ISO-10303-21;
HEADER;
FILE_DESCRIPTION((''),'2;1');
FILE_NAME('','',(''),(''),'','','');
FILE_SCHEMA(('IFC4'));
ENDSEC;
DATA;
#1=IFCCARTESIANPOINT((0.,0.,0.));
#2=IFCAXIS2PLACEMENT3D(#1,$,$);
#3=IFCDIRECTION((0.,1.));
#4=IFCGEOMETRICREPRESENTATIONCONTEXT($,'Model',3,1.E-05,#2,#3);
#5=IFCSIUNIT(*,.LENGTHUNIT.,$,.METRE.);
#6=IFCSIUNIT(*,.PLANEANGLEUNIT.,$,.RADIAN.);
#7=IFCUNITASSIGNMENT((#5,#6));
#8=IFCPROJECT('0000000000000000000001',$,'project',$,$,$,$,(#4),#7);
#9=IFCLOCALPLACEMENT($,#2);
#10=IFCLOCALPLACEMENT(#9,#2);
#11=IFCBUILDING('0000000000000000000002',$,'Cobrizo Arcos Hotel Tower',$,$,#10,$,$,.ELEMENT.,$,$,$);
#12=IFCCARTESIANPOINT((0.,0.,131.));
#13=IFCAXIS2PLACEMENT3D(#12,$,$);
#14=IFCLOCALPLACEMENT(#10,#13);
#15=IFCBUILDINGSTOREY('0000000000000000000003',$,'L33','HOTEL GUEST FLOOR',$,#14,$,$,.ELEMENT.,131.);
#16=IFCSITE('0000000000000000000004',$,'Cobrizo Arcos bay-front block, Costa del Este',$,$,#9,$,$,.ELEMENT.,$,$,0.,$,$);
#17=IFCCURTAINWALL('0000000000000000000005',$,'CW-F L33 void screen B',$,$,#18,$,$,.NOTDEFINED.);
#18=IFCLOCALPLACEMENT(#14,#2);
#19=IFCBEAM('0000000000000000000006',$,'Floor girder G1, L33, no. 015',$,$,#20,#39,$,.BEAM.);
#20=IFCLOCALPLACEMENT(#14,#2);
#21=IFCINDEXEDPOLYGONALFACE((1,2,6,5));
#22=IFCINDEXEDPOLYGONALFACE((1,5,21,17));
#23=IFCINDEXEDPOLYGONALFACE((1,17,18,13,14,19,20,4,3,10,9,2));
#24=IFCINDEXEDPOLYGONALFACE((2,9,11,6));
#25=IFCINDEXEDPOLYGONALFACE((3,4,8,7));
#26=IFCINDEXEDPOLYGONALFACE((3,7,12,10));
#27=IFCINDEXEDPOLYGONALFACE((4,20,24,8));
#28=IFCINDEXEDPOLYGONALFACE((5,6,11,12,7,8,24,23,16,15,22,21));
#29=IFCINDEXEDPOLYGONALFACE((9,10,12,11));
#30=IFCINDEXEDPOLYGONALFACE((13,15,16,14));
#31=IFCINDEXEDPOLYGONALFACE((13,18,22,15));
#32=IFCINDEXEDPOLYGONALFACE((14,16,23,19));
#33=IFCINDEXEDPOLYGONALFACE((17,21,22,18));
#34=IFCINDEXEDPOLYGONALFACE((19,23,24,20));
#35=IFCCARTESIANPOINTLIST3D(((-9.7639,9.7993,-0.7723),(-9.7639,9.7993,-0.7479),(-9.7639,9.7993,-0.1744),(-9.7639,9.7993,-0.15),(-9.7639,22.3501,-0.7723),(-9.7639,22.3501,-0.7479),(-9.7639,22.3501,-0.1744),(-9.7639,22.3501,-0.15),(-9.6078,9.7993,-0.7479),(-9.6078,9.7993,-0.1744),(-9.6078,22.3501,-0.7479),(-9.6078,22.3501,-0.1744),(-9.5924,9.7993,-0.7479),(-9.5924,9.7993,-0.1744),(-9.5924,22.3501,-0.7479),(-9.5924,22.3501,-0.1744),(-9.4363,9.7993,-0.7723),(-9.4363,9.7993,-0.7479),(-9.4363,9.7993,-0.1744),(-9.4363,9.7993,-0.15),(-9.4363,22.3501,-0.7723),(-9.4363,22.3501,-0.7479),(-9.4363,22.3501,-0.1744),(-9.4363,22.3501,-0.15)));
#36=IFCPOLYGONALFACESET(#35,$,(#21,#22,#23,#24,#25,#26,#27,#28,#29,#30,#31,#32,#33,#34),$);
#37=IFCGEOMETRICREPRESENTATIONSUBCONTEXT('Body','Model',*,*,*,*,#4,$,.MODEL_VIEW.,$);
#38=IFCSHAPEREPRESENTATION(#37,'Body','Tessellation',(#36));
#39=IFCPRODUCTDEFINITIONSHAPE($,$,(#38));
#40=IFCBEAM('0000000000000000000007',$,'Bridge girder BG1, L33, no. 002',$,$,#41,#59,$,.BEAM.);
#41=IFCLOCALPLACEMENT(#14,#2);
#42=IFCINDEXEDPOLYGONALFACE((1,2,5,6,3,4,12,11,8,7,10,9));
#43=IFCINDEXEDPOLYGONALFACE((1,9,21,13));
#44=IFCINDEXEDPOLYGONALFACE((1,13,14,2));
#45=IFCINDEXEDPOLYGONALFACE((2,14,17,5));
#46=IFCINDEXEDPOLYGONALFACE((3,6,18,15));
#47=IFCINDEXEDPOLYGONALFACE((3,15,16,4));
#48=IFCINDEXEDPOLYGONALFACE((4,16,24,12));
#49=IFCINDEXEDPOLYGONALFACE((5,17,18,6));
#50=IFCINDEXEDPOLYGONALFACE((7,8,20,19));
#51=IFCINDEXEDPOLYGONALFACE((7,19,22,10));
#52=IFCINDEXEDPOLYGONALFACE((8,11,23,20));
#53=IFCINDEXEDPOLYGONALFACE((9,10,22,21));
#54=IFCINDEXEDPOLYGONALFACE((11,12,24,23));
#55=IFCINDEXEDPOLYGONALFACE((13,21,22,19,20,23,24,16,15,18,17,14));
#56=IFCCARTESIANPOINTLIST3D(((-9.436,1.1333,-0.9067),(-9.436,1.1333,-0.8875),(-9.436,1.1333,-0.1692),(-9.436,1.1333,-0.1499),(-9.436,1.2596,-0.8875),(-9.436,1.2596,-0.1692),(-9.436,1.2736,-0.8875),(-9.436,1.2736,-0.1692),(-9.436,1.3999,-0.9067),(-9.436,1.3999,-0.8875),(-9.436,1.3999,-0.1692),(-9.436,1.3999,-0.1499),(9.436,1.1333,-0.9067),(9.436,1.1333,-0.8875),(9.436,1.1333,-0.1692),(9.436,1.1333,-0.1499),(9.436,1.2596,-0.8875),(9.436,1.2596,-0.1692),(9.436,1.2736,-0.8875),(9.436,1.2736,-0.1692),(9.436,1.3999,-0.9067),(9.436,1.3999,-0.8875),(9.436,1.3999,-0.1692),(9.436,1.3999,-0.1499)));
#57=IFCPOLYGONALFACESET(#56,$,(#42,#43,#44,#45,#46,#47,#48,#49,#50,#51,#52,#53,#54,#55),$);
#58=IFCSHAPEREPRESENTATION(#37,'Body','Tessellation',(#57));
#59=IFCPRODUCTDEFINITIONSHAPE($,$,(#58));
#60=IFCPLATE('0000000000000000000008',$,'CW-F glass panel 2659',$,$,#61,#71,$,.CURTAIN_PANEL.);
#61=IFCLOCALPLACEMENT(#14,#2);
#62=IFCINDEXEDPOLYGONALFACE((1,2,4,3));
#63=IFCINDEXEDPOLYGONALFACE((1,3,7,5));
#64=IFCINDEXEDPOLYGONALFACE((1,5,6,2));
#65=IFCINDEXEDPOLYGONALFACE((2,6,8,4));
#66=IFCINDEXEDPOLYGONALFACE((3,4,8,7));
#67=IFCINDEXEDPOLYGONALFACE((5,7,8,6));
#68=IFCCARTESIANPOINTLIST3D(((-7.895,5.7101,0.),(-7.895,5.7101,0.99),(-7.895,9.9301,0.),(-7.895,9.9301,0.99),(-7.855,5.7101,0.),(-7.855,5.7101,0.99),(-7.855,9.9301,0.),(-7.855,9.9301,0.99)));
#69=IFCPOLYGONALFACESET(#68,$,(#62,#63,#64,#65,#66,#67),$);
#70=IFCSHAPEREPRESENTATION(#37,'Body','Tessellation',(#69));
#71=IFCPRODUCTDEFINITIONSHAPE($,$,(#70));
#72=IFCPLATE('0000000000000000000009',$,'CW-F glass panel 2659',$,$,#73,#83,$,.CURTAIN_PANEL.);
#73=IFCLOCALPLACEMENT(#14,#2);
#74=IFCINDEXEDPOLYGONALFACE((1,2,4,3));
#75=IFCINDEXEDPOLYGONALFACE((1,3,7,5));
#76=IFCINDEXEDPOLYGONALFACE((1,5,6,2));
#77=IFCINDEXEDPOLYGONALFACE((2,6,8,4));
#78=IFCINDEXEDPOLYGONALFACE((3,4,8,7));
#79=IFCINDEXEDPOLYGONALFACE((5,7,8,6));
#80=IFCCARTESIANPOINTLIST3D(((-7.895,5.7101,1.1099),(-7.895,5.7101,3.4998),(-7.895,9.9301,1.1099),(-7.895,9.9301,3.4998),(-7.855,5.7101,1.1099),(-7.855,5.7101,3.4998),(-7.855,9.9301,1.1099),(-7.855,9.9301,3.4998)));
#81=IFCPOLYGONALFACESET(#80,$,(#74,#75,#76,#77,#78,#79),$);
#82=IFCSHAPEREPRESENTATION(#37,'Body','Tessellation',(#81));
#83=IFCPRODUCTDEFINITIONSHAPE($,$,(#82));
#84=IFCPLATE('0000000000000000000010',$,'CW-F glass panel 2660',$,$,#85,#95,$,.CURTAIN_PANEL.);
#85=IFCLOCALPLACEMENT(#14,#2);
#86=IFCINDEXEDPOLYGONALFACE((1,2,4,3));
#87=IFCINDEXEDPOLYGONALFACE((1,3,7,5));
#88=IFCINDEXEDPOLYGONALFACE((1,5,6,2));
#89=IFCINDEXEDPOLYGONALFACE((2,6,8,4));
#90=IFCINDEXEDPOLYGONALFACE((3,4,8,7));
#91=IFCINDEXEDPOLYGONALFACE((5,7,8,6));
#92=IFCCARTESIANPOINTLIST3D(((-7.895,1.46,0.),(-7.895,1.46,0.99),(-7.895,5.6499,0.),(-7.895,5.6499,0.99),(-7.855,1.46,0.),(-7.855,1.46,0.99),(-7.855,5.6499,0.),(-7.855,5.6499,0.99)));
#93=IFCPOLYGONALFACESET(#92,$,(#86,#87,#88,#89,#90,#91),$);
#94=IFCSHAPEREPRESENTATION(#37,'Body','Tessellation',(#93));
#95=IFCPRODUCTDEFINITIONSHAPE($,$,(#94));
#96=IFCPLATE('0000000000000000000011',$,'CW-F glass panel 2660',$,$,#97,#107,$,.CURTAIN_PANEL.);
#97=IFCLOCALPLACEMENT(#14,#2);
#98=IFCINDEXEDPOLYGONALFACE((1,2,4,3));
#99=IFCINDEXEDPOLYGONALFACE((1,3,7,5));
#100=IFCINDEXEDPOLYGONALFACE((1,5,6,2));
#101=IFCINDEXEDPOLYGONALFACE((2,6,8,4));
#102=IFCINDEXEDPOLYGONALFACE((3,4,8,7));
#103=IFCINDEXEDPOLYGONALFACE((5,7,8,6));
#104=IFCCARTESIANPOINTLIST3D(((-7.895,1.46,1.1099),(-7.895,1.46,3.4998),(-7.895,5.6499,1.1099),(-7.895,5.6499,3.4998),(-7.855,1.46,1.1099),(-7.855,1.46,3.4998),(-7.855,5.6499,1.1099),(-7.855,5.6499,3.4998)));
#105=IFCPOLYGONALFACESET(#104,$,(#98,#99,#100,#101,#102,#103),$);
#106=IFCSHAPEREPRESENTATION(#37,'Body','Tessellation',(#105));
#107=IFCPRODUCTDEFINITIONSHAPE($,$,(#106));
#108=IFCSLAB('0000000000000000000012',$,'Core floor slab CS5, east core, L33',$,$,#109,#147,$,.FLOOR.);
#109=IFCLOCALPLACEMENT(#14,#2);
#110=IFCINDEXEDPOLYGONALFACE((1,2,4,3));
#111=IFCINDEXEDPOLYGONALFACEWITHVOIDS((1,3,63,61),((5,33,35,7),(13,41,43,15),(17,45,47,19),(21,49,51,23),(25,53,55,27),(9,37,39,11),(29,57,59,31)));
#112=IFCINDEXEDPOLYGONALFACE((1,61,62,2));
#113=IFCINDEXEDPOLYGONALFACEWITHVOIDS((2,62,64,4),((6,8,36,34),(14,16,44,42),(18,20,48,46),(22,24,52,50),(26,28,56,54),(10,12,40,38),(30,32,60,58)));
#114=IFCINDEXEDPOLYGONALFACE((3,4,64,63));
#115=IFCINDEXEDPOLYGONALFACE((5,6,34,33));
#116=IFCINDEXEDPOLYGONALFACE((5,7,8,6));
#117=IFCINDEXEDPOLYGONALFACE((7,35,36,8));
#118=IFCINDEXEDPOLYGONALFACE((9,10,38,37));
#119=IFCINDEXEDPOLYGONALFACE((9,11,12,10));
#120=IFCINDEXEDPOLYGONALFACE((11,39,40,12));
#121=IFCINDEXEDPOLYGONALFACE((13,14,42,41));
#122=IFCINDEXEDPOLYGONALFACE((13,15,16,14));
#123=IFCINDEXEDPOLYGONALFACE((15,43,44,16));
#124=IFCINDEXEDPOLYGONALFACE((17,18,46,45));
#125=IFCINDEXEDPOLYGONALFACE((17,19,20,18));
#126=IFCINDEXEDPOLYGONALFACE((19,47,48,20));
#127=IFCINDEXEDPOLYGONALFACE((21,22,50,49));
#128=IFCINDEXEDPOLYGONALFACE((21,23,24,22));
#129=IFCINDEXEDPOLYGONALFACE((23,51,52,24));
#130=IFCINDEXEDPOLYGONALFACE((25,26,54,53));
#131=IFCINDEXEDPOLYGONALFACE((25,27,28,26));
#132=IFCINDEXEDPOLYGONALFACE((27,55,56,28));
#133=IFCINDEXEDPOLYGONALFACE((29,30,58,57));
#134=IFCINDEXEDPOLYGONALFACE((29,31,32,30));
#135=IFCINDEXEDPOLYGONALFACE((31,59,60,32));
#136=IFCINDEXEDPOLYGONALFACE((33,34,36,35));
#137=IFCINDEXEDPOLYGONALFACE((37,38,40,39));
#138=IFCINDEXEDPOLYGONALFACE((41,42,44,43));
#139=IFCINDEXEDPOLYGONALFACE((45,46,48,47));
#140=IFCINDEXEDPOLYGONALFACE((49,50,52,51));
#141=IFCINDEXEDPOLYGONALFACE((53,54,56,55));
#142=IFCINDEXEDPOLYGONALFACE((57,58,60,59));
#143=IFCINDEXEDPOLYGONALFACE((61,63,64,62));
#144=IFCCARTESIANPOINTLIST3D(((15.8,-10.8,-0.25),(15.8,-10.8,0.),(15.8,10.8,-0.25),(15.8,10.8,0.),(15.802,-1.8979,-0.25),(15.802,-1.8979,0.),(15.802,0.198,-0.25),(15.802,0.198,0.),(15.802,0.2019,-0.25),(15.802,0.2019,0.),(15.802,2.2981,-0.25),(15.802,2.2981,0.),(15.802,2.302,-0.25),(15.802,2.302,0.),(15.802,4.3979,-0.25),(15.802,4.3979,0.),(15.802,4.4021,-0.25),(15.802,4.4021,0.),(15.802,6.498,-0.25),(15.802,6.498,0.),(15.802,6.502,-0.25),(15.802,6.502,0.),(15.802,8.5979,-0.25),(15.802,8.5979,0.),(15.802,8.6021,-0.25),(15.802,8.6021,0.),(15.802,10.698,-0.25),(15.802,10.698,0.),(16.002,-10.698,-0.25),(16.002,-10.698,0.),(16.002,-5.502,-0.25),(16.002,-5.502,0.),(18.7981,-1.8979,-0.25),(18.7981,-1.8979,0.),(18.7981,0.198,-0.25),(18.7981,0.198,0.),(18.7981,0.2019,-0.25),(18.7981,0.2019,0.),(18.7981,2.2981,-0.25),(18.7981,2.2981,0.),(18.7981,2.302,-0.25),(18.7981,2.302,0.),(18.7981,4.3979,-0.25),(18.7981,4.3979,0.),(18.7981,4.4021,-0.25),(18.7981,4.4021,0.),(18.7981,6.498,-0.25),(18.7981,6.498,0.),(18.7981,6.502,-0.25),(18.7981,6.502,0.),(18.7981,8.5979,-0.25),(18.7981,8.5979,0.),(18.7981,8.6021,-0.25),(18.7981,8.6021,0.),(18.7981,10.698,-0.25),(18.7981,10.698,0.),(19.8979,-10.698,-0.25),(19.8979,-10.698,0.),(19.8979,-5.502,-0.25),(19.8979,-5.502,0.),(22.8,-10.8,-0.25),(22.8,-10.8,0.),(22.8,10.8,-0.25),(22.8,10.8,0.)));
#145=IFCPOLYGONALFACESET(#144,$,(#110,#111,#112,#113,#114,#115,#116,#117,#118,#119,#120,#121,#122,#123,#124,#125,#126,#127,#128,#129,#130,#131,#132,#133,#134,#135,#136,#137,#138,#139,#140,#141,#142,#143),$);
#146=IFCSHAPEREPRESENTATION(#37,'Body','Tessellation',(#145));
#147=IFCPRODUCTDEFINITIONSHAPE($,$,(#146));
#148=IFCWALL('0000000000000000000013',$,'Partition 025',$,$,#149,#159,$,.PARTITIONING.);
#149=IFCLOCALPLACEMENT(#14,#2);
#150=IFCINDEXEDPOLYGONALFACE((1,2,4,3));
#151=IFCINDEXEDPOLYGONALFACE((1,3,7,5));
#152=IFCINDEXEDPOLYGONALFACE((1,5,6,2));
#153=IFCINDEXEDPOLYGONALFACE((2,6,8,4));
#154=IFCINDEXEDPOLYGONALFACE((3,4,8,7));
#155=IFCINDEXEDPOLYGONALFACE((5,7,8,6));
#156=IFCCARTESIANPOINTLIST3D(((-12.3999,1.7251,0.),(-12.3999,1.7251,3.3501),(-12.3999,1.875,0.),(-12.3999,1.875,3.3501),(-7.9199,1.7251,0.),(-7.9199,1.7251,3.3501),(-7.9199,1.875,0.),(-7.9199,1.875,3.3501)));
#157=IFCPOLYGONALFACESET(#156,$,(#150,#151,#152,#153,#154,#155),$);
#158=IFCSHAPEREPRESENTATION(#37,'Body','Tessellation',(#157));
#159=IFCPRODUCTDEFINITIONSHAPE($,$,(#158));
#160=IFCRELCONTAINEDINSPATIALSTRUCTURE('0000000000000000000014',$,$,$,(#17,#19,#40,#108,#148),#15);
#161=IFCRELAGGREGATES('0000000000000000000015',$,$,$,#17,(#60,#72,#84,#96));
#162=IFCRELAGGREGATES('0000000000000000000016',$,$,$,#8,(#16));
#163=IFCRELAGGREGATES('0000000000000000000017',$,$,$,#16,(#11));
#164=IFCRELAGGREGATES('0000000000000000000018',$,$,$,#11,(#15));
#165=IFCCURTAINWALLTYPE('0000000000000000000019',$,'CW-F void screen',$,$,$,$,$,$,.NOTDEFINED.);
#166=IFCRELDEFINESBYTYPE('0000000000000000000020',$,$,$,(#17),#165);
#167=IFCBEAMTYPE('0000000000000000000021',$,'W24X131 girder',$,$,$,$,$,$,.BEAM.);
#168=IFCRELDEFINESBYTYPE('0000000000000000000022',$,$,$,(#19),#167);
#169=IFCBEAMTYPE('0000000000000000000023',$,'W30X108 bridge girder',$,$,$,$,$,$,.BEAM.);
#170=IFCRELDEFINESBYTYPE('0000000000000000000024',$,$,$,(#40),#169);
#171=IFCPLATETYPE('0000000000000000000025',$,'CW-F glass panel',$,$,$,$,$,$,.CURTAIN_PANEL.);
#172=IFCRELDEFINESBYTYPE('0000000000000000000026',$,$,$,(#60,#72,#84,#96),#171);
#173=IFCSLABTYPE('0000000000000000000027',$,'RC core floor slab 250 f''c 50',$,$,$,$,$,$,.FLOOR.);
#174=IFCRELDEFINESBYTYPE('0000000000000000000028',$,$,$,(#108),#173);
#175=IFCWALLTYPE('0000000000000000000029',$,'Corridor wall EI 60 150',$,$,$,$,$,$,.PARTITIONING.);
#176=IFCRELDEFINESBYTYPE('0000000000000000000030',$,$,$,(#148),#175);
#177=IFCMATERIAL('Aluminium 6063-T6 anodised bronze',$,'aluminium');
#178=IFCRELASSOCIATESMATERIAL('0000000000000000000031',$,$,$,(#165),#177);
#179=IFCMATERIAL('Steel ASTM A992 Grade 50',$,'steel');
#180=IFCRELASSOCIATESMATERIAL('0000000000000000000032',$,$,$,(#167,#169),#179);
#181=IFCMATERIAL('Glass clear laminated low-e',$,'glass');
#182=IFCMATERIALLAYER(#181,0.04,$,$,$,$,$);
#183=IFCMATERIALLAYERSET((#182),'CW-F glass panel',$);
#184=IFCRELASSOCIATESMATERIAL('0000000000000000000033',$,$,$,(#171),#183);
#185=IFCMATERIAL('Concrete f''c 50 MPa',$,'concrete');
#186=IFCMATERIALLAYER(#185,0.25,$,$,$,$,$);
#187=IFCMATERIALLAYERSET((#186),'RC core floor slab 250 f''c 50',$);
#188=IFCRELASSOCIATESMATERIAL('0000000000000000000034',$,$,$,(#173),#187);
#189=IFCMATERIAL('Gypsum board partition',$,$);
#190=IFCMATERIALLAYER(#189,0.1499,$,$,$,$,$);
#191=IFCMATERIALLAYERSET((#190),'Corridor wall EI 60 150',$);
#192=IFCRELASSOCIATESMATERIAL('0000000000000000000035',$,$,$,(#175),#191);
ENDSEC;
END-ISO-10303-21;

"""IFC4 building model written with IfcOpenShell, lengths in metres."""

from ifc_helpers import new_model, si_unit, direction, frame, frame_2d, origin, origin_2d, place, context, subcontext, project, spatial, polyline, rectangle, i_section, outline, extrude, material, layer, layer_set, material_profile, profile_set, type_object, element, aggregate, save


model = new_model("IFC4")

# Units and contexts
model_context = context("Model", 3, precision=1e-05, world=origin(), true_north=direction((0.0, 1.0)))
body_context = subcontext(model_context, "Body", "Model", "MODEL_VIEW")
ifc_project = project(units=[si_unit("LENGTHUNIT", "METRE"), si_unit("PLANEANGLEUNIT", "RADIAN")], contexts=[model_context])

# Site, building, storey
site_placement = place(None, origin())
site = spatial("IfcSite", under=ifc_project, at=site_placement, Name="Cobrizo Arcos bay-front block, Costa del Este", CompositionType="ELEMENT", RefElevation=0.0)
building_placement = place(site_placement, origin())
building = spatial("IfcBuilding", under=site, at=building_placement, Name="Cobrizo Arcos Hotel Tower", CompositionType="ELEMENT")
storey_placement = place(building_placement, frame((0.0, 0.0, 131.0)))
storey = spatial("IfcBuildingStorey", under=building, at=storey_placement, Name="L33", Description="HOTEL GUEST FLOOR", CompositionType="ELEMENT", Elevation=131.0)

# Shared definitions
ifc_material_1 = material(Name="Steel ASTM A992 Grade 50", Category="steel")

# Curtain wall
ifc_material_2 = material(Name="Aluminium 6063-T6 anodised bronze", Category="aluminium")
curtain_wall_type = type_object("IfcCurtainWallType", Name="CW-F void screen", PredefinedType="NOTDEFINED", material=ifc_material_2)
curtain_wall_placement = place(storey_placement, origin())
curtain_wall = element("IfcCurtainWall", 1, at=curtain_wall_placement, inside=storey, type_object=curtain_wall_type, Name="CW-F L33 void screen B", PredefinedType="NOTDEFINED")

# Beams
ifc_material_profile_1 = material_profile(ifc_material_1, i_section(OverallWidth=0.3276, OverallDepth=0.6223, WebThickness=0.0154, FlangeThickness=0.0244, at=origin_2d()), Name="W24X131")
ifc_profile_set_1 = profile_set([ifc_material_profile_1], Name="Steel ASTM A992 Grade 50")
beam_type_1 = type_object("IfcBeamType", Name="W24X131 girder", PredefinedType="BEAM", material=ifc_profile_set_1)
beam_1_placement = place(storey_placement, frame((-9.6001, 9.7993, -0.4612), z_axis=(0.0, 1.0, 0.0), x_axis=(-1.0, 0.0, 0.0)))
element("IfcBeam", 2, at=beam_1_placement, inside=storey, type_object=beam_type_1, Name="Floor girder G1, L33, no. 015", PredefinedType="BEAM", context=body_context, shape_type="SweptSolid", body=[
    extrude(i_section(OverallWidth=0.3276, OverallDepth=0.6223, WebThickness=0.0154, FlangeThickness=0.0244, at=origin_2d()), origin(), (0.0, 0.0, 1.0), 12.5508),
])
ifc_material_profile_2 = material_profile(ifc_material_1, i_section(OverallWidth=0.2666, OverallDepth=0.7568, WebThickness=0.0139, FlangeThickness=0.0193, at=origin_2d()), Name="W30X108")
ifc_profile_set_2 = profile_set([ifc_material_profile_2], Name="Steel ASTM A992 Grade 50")
beam_type_2 = type_object("IfcBeamType", Name="W30X108 bridge girder", PredefinedType="BEAM", material=ifc_profile_set_2)
beam_2_placement = place(storey_placement, frame((-9.436, 1.2666, -0.5283), z_axis=(1.0, 0.0, 0.0), x_axis=(0.0, 1.0, 0.0)))
element("IfcBeam", 3, at=beam_2_placement, inside=storey, type_object=beam_type_2, Name="Bridge girder BG1, L33, no. 002", PredefinedType="BEAM", context=body_context, shape_type="SweptSolid", body=[
    extrude(i_section(OverallWidth=0.2666, OverallDepth=0.7568, WebThickness=0.0139, FlangeThickness=0.0193, at=origin_2d()), origin(), (0.0, 0.0, 1.0), 18.8721),
])

# Plates
ifc_material_3 = material(Name="Glass clear laminated low-e", Category="glass")
ifc_layer_1 = layer(ifc_material_3, 0.04)
ifc_layer_set_1 = layer_set([ifc_layer_1], Name="CW-F glass panel")
plate_type = type_object("IfcPlateType", Name="CW-F glass panel", PredefinedType="CURTAIN_PANEL", material=ifc_layer_set_1)
plate_1_placement = place(storey_placement, frame((-7.875, 7.8201, 0.0), z_axis=(0.0, 0.0, 1.0), x_axis=(0.0, -1.0, 0.0)))
plate_1 = element("IfcPlate", 4, at=plate_1_placement, type_object=plate_type, Name="CW-F glass panel 2659", PredefinedType="CURTAIN_PANEL", context=body_context, shape_type="SweptSolid", body=[
    extrude(rectangle(XDim=4.22, YDim=0.04, at=origin_2d()), origin(), (0.0, 0.0, 1.0), 0.99),
])
plate_2_placement = place(storey_placement, frame((-7.875, 7.8201, 1.1099), z_axis=(0.0, 0.0, 1.0), x_axis=(0.0, -1.0, 0.0)))
plate_2 = element("IfcPlate", 5, at=plate_2_placement, type_object=plate_type, Name="CW-F glass panel 2659", PredefinedType="CURTAIN_PANEL", context=body_context, shape_type="SweptSolid", body=[
    extrude(rectangle(XDim=4.22, YDim=0.04, at=origin_2d()), origin(), (0.0, 0.0, 1.0), 2.3899),
])
plate_3_placement = place(storey_placement, frame((-7.875, 3.5549, 0.0), z_axis=(0.0, 0.0, 1.0), x_axis=(0.0, -1.0, 0.0)))
plate_3 = element("IfcPlate", 6, at=plate_3_placement, type_object=plate_type, Name="CW-F glass panel 2660", PredefinedType="CURTAIN_PANEL", context=body_context, shape_type="SweptSolid", body=[
    extrude(rectangle(XDim=4.1899, YDim=0.04, at=origin_2d()), origin(), (0.0, 0.0, 1.0), 0.99),
])
plate_4_placement = place(storey_placement, frame((-7.875, 3.5549, 1.1099), z_axis=(0.0, 0.0, 1.0), x_axis=(0.0, -1.0, 0.0)))
plate_4 = element("IfcPlate", 7, at=plate_4_placement, type_object=plate_type, Name="CW-F glass panel 2660", PredefinedType="CURTAIN_PANEL", context=body_context, shape_type="SweptSolid", body=[
    extrude(rectangle(XDim=4.1899, YDim=0.04, at=origin_2d()), origin(), (0.0, 0.0, 1.0), 2.3899),
])
aggregate(curtain_wall, [plate_1, plate_2, plate_3, plate_4])

# Slab
ifc_material_4 = material(Name="Concrete f'c 50 MPa", Category="concrete")
ifc_layer_2 = layer(ifc_material_4, 0.25)
ifc_layer_set_2 = layer_set([ifc_layer_2], Name="RC core floor slab 250 f'c 50")
slab_type = type_object("IfcSlabType", Name="RC core floor slab 250 f'c 50", PredefinedType="FLOOR", material=ifc_layer_set_2)
slab_placement = place(storey_placement, frame((0.0, 0.0, -0.25)))
element("IfcSlab", 8, at=slab_placement, inside=storey, type_object=slab_type, Name="Core floor slab CS5, east core, L33", PredefinedType="FLOOR", context=body_context, shape_type="SweptSolid", body=[
    extrude(outline(polyline([(15.8, 10.8), (22.8, 10.8), (22.8, -10.8), (15.8, -10.8), (15.8, 10.8)]), holes=[polyline([(19.8979, -10.698), (19.8979, -5.502), (16.002, -5.502), (16.002, -10.698), (19.8979, -10.698)]), polyline([(15.802, 0.198), (15.802, -1.8979), (18.7981, -1.8979), (18.7981, 0.198), (15.802, 0.198)]), polyline([(18.7981, 2.2981), (15.802, 2.2981), (15.802, 0.2019), (18.7981, 0.2019), (18.7981, 2.2981)]), polyline([(18.7981, 4.3979), (15.802, 4.3979), (15.802, 2.302), (18.7981, 2.302), (18.7981, 4.3979)]), polyline([(15.802, 6.498), (15.802, 4.4021), (18.7981, 4.4021), (18.7981, 6.498), (15.802, 6.498)]), polyline([(18.7981, 8.5979), (15.802, 8.5979), (15.802, 6.502), (18.7981, 6.502), (18.7981, 8.5979)]), polyline([(18.7981, 10.698), (15.802, 10.698), (15.802, 8.6021), (18.7981, 8.6021), (18.7981, 10.698)])]), origin(), (0.0, 0.0, 1.0), 0.25),
])

# Wall
ifc_material_5 = material(Name="Gypsum board partition")
ifc_layer_3 = layer(ifc_material_5, 0.1499)
ifc_layer_set_3 = layer_set([ifc_layer_3], Name="Corridor wall EI 60 150")
wall_type = type_object("IfcWallType", Name="Corridor wall EI 60 150", PredefinedType="PARTITIONING", material=ifc_layer_set_3)
wall_1_placement = place(storey_placement, frame((-12.3999, 1.8, 0.0), z_axis=(0.0, 0.0, 1.0), x_axis=(1.0, 0.0, 0.0)))
element("IfcWall", 9, at=wall_1_placement, inside=storey, type_object=wall_type, Name="Partition 025", PredefinedType="PARTITIONING", context=body_context, shape_type="SweptSolid", body=[
    extrude(rectangle(XDim=4.48, YDim=0.1499, at=frame_2d((2.24, 0.0))), origin(), (0.0, 0.0, 1.0), 3.3501),
])

save(model, "model.ifc")
